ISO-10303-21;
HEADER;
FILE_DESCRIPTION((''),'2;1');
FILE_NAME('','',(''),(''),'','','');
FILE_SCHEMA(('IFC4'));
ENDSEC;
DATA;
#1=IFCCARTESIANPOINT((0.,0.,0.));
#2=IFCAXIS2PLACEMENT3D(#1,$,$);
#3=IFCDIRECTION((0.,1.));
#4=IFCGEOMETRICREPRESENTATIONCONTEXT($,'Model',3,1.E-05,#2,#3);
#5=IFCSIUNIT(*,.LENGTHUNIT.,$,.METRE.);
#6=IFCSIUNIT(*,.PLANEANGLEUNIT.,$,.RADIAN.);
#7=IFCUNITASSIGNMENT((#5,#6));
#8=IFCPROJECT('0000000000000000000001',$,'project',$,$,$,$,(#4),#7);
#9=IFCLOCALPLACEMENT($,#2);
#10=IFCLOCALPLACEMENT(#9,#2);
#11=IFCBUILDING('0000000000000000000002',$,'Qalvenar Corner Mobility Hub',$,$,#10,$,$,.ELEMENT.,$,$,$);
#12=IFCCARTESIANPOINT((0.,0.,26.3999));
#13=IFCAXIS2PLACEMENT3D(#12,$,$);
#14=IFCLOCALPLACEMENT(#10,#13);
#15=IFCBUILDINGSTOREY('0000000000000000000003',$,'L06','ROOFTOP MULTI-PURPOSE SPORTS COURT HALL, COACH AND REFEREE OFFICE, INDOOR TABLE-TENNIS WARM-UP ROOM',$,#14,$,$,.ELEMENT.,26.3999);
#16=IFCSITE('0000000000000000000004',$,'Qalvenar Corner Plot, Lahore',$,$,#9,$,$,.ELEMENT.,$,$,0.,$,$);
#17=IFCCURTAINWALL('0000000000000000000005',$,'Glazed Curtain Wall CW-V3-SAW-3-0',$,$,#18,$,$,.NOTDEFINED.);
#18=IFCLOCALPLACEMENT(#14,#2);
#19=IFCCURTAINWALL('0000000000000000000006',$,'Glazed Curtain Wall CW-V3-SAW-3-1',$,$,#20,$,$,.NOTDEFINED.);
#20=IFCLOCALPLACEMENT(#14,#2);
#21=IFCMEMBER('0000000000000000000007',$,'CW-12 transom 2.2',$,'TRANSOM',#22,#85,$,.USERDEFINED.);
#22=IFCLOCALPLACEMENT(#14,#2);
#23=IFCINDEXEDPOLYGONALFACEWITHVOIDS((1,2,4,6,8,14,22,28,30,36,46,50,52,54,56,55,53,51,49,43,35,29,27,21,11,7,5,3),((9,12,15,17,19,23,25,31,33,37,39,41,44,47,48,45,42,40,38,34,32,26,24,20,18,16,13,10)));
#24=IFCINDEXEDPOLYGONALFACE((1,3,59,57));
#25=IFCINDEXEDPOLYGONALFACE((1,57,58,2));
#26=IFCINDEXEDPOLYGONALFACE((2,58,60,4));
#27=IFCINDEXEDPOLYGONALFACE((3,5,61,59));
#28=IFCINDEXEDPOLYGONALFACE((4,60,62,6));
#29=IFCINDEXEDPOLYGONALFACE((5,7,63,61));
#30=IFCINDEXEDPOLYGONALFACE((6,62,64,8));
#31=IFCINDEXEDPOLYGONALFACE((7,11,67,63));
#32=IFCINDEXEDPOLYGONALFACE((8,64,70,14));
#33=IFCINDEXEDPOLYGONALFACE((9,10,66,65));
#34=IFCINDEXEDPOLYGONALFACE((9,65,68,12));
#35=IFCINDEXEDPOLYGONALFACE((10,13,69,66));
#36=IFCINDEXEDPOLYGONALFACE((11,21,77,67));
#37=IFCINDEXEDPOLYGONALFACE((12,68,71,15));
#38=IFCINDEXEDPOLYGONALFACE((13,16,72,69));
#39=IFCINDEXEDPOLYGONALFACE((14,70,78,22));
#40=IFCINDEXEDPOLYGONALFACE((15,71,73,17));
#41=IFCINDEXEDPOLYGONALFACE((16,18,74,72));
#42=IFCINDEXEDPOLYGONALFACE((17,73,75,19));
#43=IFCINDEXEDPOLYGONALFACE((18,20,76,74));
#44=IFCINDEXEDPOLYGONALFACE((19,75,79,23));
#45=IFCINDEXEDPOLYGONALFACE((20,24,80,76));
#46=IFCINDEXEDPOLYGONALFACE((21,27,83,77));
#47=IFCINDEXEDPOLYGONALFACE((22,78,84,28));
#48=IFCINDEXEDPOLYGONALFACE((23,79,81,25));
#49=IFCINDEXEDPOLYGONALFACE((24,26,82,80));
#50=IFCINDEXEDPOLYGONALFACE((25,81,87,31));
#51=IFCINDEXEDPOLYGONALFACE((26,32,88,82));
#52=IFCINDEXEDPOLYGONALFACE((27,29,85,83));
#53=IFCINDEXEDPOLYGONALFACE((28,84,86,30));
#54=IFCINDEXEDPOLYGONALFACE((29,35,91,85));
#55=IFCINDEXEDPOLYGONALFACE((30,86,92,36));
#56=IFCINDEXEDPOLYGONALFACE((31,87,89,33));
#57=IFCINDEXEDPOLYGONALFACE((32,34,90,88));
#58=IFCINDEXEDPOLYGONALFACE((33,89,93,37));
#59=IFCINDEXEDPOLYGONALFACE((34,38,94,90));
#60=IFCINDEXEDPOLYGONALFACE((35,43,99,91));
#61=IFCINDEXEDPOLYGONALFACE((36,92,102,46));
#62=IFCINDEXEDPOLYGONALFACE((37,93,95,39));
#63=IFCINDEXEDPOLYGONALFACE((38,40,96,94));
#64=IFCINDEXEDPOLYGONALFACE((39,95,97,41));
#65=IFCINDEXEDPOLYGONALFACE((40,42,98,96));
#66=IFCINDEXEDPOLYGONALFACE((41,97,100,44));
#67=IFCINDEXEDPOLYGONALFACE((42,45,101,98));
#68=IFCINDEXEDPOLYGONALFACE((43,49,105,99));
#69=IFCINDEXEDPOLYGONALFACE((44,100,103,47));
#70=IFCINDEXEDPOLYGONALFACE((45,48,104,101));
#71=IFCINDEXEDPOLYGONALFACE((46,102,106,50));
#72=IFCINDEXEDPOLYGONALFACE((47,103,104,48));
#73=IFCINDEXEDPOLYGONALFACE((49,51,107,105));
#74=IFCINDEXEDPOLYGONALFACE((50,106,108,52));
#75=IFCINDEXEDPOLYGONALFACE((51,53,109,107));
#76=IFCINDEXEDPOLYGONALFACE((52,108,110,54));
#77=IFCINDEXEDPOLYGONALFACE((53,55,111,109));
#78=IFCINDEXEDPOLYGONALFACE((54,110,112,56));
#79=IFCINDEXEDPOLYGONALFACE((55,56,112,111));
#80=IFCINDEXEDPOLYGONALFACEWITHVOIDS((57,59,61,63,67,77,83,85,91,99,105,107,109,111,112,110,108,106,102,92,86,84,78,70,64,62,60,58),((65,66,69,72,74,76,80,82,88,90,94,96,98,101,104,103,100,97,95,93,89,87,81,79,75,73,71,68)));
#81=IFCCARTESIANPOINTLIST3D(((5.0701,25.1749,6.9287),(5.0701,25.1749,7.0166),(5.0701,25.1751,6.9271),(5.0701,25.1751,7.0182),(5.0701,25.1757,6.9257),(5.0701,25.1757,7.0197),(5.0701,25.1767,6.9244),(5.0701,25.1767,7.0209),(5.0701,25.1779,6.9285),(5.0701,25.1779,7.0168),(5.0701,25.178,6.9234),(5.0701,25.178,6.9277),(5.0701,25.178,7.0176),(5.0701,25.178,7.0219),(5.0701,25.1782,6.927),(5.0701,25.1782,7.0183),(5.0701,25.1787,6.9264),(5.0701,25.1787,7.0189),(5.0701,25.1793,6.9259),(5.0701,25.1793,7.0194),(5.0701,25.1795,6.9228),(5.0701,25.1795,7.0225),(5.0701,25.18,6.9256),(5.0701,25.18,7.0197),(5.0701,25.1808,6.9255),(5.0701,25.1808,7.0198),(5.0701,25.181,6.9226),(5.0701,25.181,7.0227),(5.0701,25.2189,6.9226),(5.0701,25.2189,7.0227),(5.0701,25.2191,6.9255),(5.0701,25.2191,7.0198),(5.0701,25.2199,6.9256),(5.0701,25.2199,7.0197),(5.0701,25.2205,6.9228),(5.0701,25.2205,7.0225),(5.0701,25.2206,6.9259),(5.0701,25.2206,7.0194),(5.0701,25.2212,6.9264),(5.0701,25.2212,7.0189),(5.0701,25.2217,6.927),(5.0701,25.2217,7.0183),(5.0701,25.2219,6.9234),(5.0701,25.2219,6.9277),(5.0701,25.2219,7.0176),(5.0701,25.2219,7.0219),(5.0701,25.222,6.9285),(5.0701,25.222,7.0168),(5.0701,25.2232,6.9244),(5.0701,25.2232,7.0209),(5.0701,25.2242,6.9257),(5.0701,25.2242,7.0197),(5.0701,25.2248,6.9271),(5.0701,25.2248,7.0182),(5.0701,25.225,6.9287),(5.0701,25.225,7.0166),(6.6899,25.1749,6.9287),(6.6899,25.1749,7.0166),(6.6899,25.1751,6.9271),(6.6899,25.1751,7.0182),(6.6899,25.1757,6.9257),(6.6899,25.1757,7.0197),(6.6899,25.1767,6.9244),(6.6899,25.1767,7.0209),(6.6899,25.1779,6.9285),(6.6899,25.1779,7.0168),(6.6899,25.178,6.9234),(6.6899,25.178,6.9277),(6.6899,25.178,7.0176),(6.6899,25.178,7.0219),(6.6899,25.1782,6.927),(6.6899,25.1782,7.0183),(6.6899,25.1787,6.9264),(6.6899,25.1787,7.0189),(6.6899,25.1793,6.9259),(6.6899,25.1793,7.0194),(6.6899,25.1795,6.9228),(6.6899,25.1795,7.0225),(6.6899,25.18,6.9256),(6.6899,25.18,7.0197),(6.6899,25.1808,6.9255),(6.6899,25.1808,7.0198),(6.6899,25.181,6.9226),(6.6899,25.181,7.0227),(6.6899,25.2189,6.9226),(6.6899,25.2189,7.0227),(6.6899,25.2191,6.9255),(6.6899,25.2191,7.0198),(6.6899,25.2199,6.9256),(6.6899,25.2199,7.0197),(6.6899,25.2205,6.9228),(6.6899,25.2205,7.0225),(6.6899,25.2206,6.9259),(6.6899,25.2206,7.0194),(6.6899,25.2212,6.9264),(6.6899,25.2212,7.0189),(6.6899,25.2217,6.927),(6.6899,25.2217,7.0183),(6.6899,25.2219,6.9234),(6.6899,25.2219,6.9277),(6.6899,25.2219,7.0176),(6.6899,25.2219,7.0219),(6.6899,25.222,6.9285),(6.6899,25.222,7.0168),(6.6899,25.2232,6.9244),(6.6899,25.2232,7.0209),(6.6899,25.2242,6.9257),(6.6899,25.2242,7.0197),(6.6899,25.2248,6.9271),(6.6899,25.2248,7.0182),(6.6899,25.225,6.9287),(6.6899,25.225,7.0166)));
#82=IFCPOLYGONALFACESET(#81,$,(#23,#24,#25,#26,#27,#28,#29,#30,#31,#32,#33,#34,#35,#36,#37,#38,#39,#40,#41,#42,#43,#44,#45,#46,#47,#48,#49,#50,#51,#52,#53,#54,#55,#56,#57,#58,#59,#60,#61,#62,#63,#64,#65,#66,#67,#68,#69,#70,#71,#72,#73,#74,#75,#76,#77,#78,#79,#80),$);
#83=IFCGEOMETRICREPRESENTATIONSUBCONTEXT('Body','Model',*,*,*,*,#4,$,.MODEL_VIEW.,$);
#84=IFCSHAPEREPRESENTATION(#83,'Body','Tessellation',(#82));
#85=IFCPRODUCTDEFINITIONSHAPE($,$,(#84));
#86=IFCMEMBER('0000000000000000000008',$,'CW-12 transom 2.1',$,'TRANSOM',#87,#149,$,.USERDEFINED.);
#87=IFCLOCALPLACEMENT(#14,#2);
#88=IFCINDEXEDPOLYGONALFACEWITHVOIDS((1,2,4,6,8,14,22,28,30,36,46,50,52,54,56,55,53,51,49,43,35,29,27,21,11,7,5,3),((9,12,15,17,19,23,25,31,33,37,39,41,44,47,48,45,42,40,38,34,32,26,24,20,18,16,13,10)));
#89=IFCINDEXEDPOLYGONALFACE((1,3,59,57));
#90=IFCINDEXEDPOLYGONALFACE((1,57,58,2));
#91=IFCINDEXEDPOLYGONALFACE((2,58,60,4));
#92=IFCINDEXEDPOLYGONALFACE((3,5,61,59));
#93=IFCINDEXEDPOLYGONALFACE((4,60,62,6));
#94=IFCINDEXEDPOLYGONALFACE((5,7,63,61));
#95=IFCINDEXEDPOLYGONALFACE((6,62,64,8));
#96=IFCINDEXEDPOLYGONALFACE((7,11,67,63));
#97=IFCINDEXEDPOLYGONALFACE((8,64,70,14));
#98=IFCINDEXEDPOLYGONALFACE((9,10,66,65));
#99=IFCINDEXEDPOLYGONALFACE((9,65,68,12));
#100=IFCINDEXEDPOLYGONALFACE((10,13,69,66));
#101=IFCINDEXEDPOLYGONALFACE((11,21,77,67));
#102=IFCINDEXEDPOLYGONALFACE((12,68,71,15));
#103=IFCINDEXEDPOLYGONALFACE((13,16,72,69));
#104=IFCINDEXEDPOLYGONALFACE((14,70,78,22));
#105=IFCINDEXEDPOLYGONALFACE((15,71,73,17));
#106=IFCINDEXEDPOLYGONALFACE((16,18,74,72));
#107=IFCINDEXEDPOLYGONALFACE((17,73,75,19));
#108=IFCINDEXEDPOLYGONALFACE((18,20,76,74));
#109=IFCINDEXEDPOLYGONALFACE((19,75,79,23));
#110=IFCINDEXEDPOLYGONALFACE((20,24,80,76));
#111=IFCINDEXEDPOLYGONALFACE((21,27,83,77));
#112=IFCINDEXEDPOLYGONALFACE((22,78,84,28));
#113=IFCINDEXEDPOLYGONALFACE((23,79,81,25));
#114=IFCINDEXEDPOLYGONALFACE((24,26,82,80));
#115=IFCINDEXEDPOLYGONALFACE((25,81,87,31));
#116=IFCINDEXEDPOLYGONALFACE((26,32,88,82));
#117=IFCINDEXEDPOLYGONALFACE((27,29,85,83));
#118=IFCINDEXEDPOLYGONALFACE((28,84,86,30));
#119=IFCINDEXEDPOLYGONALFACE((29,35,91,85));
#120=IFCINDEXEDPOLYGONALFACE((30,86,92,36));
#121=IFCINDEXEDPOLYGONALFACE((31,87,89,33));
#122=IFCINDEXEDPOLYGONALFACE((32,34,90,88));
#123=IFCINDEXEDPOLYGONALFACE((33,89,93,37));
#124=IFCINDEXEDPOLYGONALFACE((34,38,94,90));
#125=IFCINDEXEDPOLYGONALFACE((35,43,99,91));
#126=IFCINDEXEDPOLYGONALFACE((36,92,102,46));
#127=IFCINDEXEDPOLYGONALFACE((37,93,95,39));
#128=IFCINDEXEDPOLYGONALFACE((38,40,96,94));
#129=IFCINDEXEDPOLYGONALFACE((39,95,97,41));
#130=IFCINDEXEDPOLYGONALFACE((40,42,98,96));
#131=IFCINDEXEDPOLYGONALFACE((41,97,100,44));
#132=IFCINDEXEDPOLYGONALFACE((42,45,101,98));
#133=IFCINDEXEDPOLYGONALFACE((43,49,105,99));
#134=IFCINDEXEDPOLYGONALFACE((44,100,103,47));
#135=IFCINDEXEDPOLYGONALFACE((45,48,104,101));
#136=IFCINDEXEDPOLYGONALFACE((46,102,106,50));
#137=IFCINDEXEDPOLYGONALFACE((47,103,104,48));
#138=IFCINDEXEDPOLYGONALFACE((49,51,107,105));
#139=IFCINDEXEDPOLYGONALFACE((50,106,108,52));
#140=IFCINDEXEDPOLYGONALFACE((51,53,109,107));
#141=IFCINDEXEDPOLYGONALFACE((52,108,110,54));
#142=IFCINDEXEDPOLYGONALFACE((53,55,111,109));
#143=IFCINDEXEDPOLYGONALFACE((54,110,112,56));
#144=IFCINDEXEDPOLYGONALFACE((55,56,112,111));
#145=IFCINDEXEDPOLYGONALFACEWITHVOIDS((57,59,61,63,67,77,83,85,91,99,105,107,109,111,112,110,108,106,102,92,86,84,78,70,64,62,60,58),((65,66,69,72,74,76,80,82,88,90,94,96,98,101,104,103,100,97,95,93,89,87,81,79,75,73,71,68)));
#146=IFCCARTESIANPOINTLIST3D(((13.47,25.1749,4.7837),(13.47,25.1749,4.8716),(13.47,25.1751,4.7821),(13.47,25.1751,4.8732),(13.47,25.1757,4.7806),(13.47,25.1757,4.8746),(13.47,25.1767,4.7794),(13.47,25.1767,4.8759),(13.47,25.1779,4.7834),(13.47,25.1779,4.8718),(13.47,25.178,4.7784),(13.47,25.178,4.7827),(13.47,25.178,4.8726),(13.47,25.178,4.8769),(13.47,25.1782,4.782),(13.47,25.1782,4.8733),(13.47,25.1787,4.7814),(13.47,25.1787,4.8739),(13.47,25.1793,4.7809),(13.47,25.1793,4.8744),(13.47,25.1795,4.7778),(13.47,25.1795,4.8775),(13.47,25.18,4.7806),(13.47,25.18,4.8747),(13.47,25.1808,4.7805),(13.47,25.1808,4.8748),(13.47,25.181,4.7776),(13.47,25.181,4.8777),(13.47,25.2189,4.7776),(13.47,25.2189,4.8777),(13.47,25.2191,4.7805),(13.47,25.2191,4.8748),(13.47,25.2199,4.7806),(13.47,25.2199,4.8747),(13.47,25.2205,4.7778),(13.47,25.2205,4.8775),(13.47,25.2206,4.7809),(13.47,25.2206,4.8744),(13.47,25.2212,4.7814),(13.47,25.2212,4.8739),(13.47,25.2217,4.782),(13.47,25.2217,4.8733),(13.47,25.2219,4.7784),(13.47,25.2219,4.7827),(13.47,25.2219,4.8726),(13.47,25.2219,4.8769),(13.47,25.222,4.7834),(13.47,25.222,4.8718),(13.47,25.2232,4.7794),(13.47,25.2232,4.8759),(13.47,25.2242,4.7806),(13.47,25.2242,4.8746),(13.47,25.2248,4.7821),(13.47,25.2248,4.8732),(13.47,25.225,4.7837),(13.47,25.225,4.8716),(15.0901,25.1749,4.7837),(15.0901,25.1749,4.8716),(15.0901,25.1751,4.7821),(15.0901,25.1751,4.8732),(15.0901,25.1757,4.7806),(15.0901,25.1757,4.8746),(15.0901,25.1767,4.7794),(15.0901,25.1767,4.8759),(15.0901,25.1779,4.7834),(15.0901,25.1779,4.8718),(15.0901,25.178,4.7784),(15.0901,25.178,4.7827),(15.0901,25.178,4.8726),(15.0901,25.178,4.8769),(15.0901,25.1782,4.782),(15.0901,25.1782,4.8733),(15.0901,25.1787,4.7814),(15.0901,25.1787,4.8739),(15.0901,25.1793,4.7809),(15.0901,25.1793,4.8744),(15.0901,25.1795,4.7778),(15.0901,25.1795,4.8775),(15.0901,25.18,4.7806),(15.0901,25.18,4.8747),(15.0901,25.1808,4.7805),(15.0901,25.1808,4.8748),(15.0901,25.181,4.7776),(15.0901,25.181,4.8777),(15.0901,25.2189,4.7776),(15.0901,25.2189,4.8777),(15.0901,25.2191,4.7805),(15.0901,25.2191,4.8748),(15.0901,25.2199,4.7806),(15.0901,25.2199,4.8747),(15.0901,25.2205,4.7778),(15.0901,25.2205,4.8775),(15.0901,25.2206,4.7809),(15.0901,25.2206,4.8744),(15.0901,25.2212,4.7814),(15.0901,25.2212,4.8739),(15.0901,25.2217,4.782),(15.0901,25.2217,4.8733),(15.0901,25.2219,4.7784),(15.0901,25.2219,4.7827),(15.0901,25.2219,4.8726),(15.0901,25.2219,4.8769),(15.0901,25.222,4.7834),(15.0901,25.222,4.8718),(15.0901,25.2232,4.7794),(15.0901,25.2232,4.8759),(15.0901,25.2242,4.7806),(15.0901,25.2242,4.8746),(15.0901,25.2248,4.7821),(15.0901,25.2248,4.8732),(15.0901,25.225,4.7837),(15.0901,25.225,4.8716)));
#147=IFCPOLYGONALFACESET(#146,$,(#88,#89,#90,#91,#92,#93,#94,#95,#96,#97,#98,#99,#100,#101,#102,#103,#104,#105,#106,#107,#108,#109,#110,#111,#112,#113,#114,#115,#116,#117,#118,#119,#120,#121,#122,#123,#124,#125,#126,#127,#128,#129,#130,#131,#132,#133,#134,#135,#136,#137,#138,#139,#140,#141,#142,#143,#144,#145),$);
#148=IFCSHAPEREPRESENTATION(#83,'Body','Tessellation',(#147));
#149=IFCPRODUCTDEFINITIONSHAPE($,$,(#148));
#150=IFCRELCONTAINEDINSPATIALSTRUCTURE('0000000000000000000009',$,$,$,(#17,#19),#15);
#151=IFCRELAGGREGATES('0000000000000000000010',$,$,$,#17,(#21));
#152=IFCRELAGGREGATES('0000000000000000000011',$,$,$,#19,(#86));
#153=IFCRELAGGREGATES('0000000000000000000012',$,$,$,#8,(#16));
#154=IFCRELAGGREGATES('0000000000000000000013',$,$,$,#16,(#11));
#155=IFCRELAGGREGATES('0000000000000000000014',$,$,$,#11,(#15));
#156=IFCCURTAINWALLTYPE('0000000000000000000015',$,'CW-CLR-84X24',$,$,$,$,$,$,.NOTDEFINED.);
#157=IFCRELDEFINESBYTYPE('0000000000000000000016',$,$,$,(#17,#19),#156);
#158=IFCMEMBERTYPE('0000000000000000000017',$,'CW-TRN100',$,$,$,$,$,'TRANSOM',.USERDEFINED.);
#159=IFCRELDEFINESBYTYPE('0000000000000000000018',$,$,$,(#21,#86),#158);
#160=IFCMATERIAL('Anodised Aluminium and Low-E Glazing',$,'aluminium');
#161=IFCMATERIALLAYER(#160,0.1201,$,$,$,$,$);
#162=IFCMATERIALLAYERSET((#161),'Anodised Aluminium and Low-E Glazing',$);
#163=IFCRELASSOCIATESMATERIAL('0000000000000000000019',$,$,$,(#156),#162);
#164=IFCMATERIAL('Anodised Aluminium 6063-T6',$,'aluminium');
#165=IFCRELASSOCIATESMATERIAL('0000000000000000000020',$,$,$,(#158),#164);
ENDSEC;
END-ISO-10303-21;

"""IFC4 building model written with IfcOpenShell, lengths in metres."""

from ifc_helpers import new_model, si_unit, direction, frame, origin, origin_2d, place, context, subcontext, project, spatial, hollow_rectangle, extrude, material, layer, layer_set, material_profile, profile_set, type_object, element, aggregate, save


model = new_model("IFC4")

# Units and contexts
model_context = context("Model", 3, precision=1e-05, world=origin(), true_north=direction((0.0, 1.0)))
body_context = subcontext(model_context, "Body", "Model", "MODEL_VIEW")
ifc_project = project(units=[si_unit("LENGTHUNIT", "METRE"), si_unit("PLANEANGLEUNIT", "RADIAN")], contexts=[model_context])

# Site, building, storey
site_placement = place(None, origin())
site = spatial("IfcSite", under=ifc_project, at=site_placement, Name="Qalvenar Corner Plot, Lahore", CompositionType="ELEMENT", RefElevation=0.0)
building_placement = place(site_placement, origin())
building = spatial("IfcBuilding", under=site, at=building_placement, Name="Qalvenar Corner Mobility Hub", CompositionType="ELEMENT")
storey_placement = place(building_placement, frame((0.0, 0.0, 26.3999)))
storey = spatial("IfcBuildingStorey", under=building, at=storey_placement, Name="L06", Description="ROOFTOP MULTI-PURPOSE SPORTS COURT HALL, COACH AND REFEREE OFFICE, INDOOR TABLE-TENNIS WARM-UP ROOM", CompositionType="ELEMENT", Elevation=26.3999)

# Curtain walls
ifc_material_1 = material(Name="Anodised Aluminium and Low-E Glazing", Category="aluminium")
ifc_layer_1 = layer(ifc_material_1, 0.1201)
ifc_layer_set_1 = layer_set([ifc_layer_1], Name="Anodised Aluminium and Low-E Glazing")
curtain_wall_type = type_object("IfcCurtainWallType", Name="CW-CLR-84X24", PredefinedType="NOTDEFINED", material=ifc_layer_set_1)
curtain_wall_1_placement = place(storey_placement, origin())
curtain_wall_1 = element("IfcCurtainWall", 1, at=curtain_wall_1_placement, inside=storey, type_object=curtain_wall_type, Name="Glazed Curtain Wall CW-V3-SAW-3-0", PredefinedType="NOTDEFINED")
ifc_material_2 = material(Name="Anodised Aluminium 6063-T6", Category="aluminium")
curtain_wall_2_placement = place(storey_placement, origin())
curtain_wall_2 = element("IfcCurtainWall", 2, at=curtain_wall_2_placement, inside=storey, type_object=curtain_wall_type, Name="Glazed Curtain Wall CW-V3-SAW-3-1", PredefinedType="NOTDEFINED")

# Members
ifc_material_profile_1 = material_profile(ifc_material_2, hollow_rectangle(XDim=0.05, YDim=0.1001, WallThickness=0.0029, InnerFilletRadius=0.0029, OuterFilletRadius=0.0061, at=origin_2d()), Name="RHS100x50x3")
ifc_profile_set_1 = profile_set([ifc_material_profile_1], Name="Anodised Aluminium 6063-T6")
member_type_1 = type_object("IfcMemberType", Name="CW-TRN100", ElementType="TRANSOM", PredefinedType="USERDEFINED", material=ifc_profile_set_1)
member_1_placement = place(storey_placement, frame((6.6899, 25.2, 6.9727), z_axis=(-1.0, 0.0, 0.0), x_axis=(0.0, -1.0, 0.0)))
member_1 = element("IfcMember", 3, at=member_1_placement, type_object=member_type_1, Name="CW-12 transom 2.2", ObjectType="TRANSOM", PredefinedType="USERDEFINED", context=body_context, shape_type="SweptSolid", body=[
    extrude(hollow_rectangle(XDim=0.05, YDim=0.1001, WallThickness=0.0029, InnerFilletRadius=0.0029, OuterFilletRadius=0.0061, at=origin_2d()), origin(), (0.0, 0.0, 1.0), 1.6199),
])
member_2_placement = place(storey_placement, frame((15.0901, 25.2, 4.8276), z_axis=(-1.0, 0.0, 0.0), x_axis=(0.0, -1.0, 0.0)))
member_2 = element("IfcMember", 4, at=member_2_placement, type_object=member_type_1, Name="CW-12 transom 2.1", ObjectType="TRANSOM", PredefinedType="USERDEFINED", context=body_context, shape_type="SweptSolid", body=[
    extrude(hollow_rectangle(XDim=0.05, YDim=0.1001, WallThickness=0.0029, InnerFilletRadius=0.0029, OuterFilletRadius=0.0061, at=origin_2d()), origin(), (0.0, 0.0, 1.0), 1.6201),
])

aggregate(curtain_wall_1, [member_1])
aggregate(curtain_wall_2, [member_2])

save(model, "model.ifc")
